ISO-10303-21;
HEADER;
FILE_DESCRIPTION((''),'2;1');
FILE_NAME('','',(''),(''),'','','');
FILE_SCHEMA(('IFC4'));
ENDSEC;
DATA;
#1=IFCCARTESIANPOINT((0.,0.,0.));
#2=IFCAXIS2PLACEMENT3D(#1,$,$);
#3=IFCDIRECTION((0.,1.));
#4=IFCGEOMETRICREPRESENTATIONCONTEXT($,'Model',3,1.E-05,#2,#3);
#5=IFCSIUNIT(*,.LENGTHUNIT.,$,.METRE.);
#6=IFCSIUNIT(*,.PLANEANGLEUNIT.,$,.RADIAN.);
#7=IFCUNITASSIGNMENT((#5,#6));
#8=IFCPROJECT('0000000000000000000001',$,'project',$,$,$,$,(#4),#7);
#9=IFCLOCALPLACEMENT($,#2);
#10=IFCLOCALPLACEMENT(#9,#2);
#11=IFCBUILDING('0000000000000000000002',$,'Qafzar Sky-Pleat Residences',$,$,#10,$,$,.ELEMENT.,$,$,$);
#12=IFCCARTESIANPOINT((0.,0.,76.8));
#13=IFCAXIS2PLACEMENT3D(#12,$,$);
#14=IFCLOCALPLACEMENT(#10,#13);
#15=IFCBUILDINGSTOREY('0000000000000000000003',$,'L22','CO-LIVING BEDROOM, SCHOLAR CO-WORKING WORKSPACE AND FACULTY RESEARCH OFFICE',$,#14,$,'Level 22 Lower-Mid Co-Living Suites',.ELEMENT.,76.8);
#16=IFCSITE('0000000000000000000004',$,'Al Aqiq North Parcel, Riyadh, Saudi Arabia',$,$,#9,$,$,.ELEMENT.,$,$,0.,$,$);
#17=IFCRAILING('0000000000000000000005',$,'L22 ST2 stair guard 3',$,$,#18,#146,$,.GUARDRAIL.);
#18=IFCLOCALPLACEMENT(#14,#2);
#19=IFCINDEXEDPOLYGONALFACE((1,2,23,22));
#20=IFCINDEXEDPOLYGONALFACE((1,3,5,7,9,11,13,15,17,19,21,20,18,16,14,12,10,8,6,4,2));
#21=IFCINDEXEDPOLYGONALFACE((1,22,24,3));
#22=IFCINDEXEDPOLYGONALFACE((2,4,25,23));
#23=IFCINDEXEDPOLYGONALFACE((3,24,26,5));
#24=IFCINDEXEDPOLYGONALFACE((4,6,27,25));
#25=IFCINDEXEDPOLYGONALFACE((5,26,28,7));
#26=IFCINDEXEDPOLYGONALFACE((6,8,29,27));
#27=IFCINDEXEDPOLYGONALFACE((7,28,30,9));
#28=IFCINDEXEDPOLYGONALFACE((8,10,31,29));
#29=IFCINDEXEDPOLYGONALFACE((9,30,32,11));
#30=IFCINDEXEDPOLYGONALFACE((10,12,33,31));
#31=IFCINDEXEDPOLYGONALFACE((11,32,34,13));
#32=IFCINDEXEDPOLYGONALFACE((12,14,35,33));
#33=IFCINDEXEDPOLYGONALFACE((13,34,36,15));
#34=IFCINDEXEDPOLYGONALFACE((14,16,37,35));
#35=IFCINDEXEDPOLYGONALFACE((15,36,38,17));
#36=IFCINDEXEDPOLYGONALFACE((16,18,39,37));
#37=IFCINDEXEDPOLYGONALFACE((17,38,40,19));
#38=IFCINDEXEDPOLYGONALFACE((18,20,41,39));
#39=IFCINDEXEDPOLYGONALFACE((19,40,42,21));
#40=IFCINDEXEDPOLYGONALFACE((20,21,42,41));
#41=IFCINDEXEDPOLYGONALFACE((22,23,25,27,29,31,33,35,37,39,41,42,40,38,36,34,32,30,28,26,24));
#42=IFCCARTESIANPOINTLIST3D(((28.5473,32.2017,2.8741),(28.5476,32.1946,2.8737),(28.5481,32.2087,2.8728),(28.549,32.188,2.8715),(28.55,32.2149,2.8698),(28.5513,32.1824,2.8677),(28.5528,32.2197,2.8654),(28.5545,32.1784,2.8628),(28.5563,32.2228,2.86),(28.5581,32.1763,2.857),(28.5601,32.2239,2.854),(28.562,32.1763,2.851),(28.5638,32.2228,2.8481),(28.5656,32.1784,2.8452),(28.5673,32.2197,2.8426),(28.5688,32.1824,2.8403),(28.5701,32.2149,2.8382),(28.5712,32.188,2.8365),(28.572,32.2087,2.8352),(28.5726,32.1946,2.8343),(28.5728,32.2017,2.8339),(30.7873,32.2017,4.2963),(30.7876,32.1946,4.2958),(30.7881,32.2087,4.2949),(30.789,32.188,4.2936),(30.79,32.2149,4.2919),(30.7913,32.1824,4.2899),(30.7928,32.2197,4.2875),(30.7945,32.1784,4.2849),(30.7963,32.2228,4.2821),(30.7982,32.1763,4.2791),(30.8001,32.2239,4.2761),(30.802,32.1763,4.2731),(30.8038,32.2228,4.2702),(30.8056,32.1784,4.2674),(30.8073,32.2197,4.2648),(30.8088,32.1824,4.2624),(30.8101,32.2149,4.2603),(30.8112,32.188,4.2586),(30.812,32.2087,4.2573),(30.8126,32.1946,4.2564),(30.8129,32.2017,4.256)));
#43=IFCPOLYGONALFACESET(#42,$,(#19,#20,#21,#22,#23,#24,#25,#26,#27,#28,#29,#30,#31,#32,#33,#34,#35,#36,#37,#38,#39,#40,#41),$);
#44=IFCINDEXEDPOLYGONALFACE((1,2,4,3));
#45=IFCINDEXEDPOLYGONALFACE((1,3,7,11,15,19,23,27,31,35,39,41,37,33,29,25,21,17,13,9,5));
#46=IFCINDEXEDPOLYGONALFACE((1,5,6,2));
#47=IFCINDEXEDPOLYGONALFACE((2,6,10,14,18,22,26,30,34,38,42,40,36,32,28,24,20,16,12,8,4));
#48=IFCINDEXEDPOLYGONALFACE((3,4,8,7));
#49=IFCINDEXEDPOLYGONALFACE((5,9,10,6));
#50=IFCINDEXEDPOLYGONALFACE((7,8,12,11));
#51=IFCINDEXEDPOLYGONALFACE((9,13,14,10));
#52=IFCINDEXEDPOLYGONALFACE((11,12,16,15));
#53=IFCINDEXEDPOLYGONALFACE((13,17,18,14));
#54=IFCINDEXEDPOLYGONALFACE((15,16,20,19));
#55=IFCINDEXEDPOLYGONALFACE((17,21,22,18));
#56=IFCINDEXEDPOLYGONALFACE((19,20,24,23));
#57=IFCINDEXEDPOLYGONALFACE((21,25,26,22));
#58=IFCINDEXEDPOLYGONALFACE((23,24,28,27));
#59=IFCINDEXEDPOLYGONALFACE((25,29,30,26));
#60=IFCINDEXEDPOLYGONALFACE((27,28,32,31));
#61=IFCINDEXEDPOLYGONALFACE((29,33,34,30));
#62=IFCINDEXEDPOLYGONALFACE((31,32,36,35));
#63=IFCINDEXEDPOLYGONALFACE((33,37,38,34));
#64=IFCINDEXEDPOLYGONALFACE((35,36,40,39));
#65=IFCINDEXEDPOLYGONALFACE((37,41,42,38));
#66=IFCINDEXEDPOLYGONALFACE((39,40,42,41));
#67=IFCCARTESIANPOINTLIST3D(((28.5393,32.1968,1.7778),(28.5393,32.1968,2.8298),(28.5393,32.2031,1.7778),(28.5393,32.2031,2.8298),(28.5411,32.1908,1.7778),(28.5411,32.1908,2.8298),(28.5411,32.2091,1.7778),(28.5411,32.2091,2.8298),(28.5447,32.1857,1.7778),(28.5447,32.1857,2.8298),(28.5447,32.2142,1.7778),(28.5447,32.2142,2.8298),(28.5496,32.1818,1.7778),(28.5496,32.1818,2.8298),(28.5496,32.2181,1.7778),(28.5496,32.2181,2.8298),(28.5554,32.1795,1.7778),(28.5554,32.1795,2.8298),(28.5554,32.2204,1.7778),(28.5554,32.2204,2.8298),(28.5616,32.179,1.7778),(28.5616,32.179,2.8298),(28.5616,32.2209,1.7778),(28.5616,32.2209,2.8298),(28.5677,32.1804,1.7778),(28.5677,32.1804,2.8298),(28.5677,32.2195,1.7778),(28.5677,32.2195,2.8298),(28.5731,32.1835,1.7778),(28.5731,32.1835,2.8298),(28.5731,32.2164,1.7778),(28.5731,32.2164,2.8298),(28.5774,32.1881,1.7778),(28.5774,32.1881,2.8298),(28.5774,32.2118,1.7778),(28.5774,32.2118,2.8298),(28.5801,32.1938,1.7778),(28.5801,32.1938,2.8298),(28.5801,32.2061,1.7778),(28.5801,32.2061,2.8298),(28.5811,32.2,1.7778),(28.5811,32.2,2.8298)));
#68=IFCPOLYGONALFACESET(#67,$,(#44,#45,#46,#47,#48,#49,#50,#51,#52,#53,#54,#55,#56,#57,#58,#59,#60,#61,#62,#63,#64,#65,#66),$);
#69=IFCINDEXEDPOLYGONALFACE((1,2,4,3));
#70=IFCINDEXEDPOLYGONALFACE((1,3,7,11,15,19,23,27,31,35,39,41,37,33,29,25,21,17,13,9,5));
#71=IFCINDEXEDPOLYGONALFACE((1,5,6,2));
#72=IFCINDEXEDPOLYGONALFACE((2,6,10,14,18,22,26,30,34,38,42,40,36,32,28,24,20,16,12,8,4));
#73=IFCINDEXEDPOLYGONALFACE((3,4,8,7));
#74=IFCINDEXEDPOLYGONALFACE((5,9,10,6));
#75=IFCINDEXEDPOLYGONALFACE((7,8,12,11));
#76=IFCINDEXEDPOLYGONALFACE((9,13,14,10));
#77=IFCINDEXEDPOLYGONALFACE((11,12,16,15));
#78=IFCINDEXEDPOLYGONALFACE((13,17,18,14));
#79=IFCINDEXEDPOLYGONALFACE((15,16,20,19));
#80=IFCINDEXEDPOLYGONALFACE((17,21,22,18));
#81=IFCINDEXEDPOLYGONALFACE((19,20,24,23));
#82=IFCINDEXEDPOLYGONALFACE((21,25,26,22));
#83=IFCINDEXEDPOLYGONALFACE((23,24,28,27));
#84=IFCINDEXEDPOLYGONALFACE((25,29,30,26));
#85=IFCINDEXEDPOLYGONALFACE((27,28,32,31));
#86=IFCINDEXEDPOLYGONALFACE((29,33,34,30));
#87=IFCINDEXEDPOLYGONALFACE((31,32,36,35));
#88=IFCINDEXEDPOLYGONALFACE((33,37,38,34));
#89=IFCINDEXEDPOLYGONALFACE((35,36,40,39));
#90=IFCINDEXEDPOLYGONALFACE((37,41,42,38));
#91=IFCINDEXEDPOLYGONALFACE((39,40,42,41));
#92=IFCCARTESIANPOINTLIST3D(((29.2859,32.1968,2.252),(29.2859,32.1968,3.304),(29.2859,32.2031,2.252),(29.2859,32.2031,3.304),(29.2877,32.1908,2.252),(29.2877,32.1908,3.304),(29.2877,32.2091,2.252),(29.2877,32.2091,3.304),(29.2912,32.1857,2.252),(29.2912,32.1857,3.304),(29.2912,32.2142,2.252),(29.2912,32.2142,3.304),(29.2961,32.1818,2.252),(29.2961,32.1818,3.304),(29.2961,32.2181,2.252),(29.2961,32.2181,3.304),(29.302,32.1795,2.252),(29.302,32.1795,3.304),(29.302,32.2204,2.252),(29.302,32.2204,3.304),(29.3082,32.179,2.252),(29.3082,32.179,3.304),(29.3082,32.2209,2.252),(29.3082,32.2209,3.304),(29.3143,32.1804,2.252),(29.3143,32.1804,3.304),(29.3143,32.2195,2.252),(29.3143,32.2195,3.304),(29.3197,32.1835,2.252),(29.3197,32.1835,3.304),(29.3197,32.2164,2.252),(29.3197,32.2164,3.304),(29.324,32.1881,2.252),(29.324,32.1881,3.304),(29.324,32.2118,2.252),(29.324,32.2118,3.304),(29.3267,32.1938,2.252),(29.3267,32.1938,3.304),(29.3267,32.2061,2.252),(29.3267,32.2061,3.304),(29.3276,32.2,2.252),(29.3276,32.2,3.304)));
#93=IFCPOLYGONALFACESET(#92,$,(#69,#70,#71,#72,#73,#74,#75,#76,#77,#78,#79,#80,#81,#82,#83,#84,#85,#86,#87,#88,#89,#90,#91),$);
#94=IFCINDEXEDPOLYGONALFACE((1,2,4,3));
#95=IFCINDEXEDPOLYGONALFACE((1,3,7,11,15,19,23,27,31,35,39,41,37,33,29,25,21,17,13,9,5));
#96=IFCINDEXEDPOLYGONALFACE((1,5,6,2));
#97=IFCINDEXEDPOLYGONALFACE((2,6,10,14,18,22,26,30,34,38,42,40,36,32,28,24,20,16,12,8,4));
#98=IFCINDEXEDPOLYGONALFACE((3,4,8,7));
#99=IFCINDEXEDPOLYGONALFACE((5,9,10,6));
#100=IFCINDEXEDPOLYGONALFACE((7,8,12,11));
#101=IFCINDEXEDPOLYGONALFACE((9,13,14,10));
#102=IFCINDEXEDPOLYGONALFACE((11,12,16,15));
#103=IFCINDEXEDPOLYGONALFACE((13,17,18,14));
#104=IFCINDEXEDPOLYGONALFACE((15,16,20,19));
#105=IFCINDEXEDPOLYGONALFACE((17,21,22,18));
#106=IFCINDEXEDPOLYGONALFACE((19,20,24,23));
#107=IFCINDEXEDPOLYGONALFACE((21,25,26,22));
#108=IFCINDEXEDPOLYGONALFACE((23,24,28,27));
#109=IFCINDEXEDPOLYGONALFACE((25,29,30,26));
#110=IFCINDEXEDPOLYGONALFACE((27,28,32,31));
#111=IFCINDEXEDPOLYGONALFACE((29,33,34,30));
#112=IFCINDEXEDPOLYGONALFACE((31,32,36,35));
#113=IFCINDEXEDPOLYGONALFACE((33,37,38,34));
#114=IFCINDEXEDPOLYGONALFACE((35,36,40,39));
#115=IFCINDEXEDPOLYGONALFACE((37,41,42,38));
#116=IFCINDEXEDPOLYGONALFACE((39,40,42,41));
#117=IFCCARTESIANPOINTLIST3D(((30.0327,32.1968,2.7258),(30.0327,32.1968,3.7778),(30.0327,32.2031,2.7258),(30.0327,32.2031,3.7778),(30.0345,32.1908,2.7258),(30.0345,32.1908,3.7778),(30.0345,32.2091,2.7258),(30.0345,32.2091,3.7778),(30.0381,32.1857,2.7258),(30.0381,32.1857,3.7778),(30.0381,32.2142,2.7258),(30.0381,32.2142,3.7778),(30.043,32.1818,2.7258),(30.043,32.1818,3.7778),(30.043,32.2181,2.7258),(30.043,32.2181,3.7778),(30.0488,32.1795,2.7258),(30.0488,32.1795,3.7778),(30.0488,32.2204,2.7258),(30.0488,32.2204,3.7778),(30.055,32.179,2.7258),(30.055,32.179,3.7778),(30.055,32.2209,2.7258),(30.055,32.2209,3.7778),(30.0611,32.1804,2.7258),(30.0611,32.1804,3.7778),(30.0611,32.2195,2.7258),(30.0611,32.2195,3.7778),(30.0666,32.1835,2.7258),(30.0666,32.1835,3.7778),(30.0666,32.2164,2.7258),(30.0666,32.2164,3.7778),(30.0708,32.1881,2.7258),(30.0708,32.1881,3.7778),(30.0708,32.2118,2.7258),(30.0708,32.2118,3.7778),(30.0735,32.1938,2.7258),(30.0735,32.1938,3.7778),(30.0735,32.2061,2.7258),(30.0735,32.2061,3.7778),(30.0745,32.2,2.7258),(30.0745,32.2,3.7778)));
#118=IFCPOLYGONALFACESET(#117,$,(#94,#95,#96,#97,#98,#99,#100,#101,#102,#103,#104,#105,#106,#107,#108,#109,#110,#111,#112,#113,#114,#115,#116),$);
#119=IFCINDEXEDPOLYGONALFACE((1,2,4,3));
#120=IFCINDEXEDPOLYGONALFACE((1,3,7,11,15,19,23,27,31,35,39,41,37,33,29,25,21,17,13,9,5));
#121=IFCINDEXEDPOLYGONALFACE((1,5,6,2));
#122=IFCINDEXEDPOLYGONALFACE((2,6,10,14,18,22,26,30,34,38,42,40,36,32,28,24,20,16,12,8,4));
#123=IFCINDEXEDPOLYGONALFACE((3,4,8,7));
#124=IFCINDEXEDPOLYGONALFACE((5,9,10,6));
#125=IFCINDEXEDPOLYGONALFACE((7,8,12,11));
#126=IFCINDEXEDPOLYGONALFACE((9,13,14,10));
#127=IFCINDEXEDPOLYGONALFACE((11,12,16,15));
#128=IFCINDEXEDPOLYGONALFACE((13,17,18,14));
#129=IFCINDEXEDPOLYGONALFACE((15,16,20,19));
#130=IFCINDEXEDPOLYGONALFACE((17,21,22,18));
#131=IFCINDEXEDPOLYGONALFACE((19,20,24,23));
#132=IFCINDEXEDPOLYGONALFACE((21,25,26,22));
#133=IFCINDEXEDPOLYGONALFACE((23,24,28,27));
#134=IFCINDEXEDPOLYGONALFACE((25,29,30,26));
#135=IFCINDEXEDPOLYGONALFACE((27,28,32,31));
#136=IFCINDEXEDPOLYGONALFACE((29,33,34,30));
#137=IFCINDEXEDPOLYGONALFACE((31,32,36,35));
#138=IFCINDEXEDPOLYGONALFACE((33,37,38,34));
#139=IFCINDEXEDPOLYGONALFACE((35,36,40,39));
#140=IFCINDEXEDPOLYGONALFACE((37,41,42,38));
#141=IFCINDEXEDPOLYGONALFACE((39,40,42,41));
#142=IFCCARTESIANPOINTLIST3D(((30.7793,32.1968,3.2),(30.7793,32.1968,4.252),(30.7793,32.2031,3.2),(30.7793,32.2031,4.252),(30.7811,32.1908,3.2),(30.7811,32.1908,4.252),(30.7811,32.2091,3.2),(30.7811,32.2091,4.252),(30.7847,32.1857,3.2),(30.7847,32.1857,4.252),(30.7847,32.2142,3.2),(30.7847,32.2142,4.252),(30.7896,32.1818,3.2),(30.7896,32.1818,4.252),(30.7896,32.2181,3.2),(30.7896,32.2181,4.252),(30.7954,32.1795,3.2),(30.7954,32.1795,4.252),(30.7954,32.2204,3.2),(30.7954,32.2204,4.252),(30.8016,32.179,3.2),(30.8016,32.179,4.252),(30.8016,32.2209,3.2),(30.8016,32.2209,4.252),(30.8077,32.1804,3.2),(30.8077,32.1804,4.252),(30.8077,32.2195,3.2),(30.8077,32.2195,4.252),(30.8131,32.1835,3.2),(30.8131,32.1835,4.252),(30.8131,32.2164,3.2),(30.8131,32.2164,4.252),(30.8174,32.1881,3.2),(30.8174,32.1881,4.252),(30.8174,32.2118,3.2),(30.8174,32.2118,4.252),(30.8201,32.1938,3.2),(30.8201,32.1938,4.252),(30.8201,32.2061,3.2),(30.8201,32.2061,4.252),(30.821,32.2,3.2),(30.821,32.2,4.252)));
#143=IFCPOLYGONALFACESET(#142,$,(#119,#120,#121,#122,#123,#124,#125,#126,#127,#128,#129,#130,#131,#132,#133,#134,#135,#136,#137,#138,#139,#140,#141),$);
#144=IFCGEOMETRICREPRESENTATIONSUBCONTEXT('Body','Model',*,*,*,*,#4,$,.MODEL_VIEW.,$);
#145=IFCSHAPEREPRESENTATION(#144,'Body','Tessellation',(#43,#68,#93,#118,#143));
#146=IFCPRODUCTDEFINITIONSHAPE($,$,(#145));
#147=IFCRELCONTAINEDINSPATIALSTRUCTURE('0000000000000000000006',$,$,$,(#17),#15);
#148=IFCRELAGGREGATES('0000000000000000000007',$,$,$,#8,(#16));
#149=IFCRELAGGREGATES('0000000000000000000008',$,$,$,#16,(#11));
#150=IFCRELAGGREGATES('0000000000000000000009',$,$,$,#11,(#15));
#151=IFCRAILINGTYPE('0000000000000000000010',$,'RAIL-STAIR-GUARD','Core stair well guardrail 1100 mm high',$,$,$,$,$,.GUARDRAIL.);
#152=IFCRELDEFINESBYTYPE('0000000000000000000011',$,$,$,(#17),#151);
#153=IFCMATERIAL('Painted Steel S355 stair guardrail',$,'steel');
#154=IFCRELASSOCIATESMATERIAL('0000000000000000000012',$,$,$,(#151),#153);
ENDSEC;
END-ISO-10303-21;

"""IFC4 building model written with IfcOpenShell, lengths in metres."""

from ifc_helpers import new_model, si_unit, direction, frame, origin, origin_2d, place, context, subcontext, project, spatial, circle, extrude, source, transform, mapped, material, type_object, element, save


model = new_model("IFC4")

# Units and contexts
model_context = context("Model", 3, precision=1e-05, world=origin(), true_north=direction((0.0, 1.0)))
body_context = subcontext(model_context, "Body", "Model", "MODEL_VIEW")
ifc_project = project(units=[si_unit("LENGTHUNIT", "METRE"), si_unit("PLANEANGLEUNIT", "RADIAN")], contexts=[model_context])

# Site, building, storey
site_placement = place(None, origin())
site = spatial("IfcSite", under=ifc_project, at=site_placement, Name="Al Aqiq North Parcel, Riyadh, Saudi Arabia", CompositionType="ELEMENT", RefElevation=0.0)
building_placement = place(site_placement, origin())
building = spatial("IfcBuilding", under=site, at=building_placement, Name="Qafzar Sky-Pleat Residences", CompositionType="ELEMENT")
storey_placement = place(building_placement, frame((0.0, 0.0, 76.8)))
storey = spatial("IfcBuildingStorey", under=building, at=storey_placement, Name="L22", Description="CO-LIVING BEDROOM, SCHOLAR CO-WORKING WORKSPACE AND FACULTY RESEARCH OFFICE", LongName="Level 22 Lower-Mid Co-Living Suites", CompositionType="ELEMENT", Elevation=76.8)

# Railing
ifc_material_1 = material(Name="Painted Steel S355 stair guardrail", Category="steel")
railing_type_1 = type_object("IfcRailingType", Name="RAIL-STAIR-GUARD", Description="Core stair well guardrail 1100 mm high", PredefinedType="GUARDRAIL", material=ifc_material_1)
shared_shape_1 = source(origin(), body_context, "Body", "SweptSolid", [
    extrude(circle(Radius=0.0239, at=origin_2d()), frame((0.0, 0.0, 1.0762), z_axis=(0.844229, 0.0, 0.535982), x_axis=(0.0, 1.0, 0.0)), (0.0, 0.0, 1.0), 2.6533),
    extrude(circle(Radius=0.021, at=origin_2d()), origin(), (0.0, 0.0, 1.0), 1.052),
    extrude(circle(Radius=0.021, at=origin_2d()), frame((0.7466, 0.0, 0.4741)), (0.0, 0.0, 1.0), 1.052),
    extrude(circle(Radius=0.021, at=origin_2d()), frame((1.4934, 0.0, 0.948)), (0.0, 0.0, 1.0), 1.052),
    extrude(circle(Radius=0.021, at=origin_2d()), frame((2.24, 0.0, 1.4221)), (0.0, 0.0, 1.0), 1.052),
])
railing_1_placement = place(storey_placement, frame((28.5601, 32.2, 1.7778)))
element("IfcRailing", 1, at=railing_1_placement, inside=storey, type_object=railing_type_1, Name="L22 ST2 stair guard 3", PredefinedType="GUARDRAIL", context=body_context, shape_type="MappedRepresentation", body=[
    mapped(shared_shape_1, transform((0.0, 0.0, 0.0), x_axis=(1.0, 0.0, 0.0), y_axis=(0.0, 1.0, 0.0), z_axis=(0.0, 0.0, 1.0), scale=1.0)),
])

save(model, "model.ifc")
